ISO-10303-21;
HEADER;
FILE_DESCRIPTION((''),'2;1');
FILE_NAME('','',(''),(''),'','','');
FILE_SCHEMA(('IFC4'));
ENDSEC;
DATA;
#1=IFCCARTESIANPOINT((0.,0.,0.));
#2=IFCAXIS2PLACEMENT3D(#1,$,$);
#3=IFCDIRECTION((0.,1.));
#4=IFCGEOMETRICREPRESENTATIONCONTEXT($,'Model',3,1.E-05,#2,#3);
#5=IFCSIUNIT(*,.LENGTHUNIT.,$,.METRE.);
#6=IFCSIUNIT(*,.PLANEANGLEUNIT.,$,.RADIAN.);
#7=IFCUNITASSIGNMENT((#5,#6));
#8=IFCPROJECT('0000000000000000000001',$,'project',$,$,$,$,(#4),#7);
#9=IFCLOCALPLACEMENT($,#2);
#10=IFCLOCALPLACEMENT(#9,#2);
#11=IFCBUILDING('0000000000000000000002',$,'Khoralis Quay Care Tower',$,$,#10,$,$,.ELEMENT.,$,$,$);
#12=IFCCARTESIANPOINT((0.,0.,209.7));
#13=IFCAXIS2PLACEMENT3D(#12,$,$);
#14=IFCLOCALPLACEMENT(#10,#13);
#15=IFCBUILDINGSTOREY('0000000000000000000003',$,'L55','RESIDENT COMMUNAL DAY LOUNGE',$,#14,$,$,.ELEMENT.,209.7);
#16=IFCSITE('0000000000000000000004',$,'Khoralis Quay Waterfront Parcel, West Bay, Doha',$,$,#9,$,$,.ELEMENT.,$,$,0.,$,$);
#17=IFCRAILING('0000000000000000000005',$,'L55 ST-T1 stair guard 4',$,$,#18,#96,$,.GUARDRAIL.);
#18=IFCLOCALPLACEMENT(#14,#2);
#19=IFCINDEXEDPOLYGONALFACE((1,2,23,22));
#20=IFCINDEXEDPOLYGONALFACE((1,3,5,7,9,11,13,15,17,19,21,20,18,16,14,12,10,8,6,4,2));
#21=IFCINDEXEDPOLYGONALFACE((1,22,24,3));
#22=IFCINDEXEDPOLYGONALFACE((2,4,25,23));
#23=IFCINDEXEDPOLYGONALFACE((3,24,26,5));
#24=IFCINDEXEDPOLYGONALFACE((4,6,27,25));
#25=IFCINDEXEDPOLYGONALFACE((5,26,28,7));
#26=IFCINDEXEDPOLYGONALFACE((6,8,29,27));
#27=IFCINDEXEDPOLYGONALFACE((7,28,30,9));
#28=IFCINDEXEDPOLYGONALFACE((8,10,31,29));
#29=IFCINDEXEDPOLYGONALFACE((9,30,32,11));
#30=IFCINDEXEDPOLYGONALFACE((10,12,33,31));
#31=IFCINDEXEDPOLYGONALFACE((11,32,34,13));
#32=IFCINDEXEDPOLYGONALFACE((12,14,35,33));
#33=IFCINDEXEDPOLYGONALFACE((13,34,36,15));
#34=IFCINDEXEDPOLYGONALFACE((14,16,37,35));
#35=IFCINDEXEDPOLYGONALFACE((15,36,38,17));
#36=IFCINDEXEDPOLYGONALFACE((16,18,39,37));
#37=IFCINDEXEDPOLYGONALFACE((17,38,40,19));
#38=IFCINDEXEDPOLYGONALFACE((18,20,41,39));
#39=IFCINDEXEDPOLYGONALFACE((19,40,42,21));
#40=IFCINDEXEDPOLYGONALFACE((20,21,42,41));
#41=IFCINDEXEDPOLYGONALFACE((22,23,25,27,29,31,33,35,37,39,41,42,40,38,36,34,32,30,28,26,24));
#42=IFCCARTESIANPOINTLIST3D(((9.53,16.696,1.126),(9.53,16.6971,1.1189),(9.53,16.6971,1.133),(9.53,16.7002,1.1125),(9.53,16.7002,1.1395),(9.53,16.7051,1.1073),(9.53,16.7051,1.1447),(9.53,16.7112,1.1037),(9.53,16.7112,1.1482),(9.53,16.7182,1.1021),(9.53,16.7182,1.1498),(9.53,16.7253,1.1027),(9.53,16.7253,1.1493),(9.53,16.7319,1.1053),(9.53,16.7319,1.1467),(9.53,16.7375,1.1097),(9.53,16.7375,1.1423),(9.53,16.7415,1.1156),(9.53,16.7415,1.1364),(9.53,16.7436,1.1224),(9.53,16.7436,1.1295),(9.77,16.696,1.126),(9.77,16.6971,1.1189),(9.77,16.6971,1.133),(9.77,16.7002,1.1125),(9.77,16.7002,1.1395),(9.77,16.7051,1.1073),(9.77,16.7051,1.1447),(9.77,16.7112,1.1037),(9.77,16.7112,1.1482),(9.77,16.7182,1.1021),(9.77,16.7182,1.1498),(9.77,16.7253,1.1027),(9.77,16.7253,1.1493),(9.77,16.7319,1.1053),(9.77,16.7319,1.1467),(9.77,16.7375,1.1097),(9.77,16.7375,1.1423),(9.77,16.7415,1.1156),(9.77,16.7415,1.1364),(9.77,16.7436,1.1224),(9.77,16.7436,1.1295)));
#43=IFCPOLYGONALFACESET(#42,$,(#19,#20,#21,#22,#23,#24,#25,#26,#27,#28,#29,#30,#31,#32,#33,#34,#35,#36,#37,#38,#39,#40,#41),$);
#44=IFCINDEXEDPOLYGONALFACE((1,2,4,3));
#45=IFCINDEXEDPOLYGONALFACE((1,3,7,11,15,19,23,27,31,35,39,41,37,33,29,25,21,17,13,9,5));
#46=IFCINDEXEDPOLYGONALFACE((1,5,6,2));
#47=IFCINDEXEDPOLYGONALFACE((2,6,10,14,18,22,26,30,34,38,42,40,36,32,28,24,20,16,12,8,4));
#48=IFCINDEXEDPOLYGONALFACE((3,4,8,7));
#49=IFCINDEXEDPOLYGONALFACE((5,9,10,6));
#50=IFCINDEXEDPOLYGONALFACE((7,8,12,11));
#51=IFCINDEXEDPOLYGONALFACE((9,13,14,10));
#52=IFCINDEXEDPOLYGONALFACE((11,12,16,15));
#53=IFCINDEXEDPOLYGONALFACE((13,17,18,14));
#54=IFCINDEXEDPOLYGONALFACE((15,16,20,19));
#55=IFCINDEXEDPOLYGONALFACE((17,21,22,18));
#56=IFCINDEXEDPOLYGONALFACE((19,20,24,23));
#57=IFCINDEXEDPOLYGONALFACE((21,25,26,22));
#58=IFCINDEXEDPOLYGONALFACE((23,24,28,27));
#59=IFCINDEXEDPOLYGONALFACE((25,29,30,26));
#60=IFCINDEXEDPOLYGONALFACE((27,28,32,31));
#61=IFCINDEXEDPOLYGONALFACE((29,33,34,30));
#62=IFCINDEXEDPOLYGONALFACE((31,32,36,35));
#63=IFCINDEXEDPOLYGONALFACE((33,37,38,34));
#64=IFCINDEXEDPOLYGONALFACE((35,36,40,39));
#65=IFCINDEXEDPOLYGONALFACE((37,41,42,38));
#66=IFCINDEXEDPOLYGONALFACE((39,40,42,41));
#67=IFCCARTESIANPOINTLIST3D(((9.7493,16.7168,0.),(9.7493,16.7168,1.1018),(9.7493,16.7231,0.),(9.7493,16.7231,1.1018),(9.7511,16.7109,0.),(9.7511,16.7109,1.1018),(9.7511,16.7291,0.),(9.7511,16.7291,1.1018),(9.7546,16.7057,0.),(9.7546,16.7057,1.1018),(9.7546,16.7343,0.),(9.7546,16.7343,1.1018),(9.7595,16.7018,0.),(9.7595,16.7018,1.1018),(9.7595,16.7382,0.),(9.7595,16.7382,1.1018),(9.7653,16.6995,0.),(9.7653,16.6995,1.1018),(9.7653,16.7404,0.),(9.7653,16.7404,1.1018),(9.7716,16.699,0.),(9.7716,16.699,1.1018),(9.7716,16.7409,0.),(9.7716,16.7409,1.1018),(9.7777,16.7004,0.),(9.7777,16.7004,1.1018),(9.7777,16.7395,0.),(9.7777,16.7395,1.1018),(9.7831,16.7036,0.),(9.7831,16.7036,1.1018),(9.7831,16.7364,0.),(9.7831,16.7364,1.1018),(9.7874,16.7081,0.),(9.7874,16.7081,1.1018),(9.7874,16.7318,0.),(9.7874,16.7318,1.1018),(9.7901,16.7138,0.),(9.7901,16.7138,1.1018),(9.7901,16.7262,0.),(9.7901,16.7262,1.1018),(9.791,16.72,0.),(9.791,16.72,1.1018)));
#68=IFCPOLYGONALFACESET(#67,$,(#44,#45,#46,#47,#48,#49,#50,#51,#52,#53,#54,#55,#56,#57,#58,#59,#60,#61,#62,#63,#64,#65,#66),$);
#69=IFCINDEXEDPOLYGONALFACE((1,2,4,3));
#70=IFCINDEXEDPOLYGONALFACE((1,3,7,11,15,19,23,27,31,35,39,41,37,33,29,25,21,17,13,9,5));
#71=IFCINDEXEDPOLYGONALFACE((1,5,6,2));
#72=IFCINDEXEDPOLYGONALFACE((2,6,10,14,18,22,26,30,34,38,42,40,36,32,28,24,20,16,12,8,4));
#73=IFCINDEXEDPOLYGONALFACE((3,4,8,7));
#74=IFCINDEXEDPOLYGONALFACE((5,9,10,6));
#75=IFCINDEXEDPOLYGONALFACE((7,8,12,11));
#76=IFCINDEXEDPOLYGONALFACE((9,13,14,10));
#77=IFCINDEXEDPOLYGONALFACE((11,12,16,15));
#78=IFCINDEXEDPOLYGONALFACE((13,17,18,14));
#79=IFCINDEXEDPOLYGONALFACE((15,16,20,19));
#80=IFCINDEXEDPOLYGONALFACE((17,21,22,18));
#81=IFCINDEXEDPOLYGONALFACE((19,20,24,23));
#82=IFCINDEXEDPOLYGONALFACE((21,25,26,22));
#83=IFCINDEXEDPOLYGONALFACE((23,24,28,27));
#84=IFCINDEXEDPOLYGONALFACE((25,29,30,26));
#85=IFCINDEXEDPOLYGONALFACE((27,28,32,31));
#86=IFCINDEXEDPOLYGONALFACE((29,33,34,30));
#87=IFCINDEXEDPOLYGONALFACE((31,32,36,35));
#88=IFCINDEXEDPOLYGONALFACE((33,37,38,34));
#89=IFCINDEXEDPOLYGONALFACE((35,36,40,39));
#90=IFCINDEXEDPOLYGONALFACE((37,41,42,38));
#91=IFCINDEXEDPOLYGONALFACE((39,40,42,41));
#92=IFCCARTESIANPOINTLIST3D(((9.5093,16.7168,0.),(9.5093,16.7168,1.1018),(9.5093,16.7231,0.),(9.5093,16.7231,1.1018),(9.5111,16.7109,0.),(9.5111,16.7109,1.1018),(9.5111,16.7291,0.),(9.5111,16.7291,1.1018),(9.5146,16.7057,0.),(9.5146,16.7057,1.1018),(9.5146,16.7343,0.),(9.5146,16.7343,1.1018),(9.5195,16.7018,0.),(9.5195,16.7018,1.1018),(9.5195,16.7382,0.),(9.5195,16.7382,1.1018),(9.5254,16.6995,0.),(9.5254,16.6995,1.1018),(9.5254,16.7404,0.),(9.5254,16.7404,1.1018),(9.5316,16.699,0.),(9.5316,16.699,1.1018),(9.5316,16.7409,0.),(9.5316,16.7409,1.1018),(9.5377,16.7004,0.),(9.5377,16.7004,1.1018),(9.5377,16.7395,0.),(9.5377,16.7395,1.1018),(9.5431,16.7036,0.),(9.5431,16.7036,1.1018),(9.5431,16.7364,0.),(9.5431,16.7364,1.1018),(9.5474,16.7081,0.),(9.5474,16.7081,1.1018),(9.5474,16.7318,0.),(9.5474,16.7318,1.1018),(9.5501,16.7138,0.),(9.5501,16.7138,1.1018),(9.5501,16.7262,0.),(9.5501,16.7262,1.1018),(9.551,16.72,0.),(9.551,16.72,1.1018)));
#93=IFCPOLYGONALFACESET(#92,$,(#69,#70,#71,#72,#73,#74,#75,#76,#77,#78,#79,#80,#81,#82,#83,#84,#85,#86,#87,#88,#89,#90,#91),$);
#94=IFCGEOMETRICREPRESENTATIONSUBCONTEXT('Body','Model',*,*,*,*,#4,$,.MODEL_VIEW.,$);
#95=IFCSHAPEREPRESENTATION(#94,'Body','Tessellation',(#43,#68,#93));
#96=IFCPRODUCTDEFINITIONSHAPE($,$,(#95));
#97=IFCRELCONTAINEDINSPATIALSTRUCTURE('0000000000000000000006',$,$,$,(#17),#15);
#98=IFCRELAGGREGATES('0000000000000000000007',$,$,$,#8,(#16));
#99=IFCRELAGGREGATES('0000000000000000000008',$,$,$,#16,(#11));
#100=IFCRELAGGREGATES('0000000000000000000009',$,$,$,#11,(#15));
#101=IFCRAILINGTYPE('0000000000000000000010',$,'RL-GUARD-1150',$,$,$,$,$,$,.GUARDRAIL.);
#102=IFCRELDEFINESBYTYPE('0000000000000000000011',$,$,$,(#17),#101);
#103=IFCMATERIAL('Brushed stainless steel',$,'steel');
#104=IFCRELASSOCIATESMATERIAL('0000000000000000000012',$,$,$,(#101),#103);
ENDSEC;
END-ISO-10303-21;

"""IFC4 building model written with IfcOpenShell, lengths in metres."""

from ifc_helpers import new_model, si_unit, direction, frame, origin, origin_2d, place, context, subcontext, project, spatial, circle, extrude, material, type_object, element, save


model = new_model("IFC4")

# Units and contexts
model_context = context("Model", 3, precision=1e-05, world=origin(), true_north=direction((0.0, 1.0)))
body_context = subcontext(model_context, "Body", "Model", "MODEL_VIEW")
ifc_project = project(units=[si_unit("LENGTHUNIT", "METRE"), si_unit("PLANEANGLEUNIT", "RADIAN")], contexts=[model_context])

# Site, building, storey
site_placement = place(None, origin())
site = spatial("IfcSite", under=ifc_project, at=site_placement, Name="Khoralis Quay Waterfront Parcel, West Bay, Doha", CompositionType="ELEMENT", RefElevation=0.0)
building_placement = place(site_placement, origin())
building = spatial("IfcBuilding", under=site, at=building_placement, Name="Khoralis Quay Care Tower", CompositionType="ELEMENT")
storey_placement = place(building_placement, frame((0.0, 0.0, 209.7)))
storey = spatial("IfcBuildingStorey", under=building, at=storey_placement, Name="L55", Description="RESIDENT COMMUNAL DAY LOUNGE", CompositionType="ELEMENT", Elevation=209.7)

# Shared definitions
ifc_material_1 = material(Name="Brushed stainless steel", Category="steel")

# Railing
railing_type_1 = type_object("IfcRailingType", Name="RL-GUARD-1150", PredefinedType="GUARDRAIL", material=ifc_material_1)
railing_1_placement = place(storey_placement, frame((9.77, 16.72, 0.0)))
element("IfcRailing", 1, at=railing_1_placement, inside=storey, type_object=railing_type_1, Name="L55 ST-T1 stair guard 4", PredefinedType="GUARDRAIL", context=body_context, shape_type="SweptSolid", body=[
    extrude(circle(Radius=0.0239, at=origin_2d()), frame((0.0, 0.0, 1.126), z_axis=(-1.0, 0.0, 0.0), x_axis=(0.0, -1.0, 0.0)), (0.0, 0.0, 1.0), 0.24),
    extrude(circle(Radius=0.021, at=origin_2d()), origin(), (0.0, 0.0, 1.0), 1.1018),
    extrude(circle(Radius=0.021, at=origin_2d()), frame((-0.24, 0.0, 0.0)), (0.0, 0.0, 1.0), 1.1018),
])

save(model, "model.ifc")
